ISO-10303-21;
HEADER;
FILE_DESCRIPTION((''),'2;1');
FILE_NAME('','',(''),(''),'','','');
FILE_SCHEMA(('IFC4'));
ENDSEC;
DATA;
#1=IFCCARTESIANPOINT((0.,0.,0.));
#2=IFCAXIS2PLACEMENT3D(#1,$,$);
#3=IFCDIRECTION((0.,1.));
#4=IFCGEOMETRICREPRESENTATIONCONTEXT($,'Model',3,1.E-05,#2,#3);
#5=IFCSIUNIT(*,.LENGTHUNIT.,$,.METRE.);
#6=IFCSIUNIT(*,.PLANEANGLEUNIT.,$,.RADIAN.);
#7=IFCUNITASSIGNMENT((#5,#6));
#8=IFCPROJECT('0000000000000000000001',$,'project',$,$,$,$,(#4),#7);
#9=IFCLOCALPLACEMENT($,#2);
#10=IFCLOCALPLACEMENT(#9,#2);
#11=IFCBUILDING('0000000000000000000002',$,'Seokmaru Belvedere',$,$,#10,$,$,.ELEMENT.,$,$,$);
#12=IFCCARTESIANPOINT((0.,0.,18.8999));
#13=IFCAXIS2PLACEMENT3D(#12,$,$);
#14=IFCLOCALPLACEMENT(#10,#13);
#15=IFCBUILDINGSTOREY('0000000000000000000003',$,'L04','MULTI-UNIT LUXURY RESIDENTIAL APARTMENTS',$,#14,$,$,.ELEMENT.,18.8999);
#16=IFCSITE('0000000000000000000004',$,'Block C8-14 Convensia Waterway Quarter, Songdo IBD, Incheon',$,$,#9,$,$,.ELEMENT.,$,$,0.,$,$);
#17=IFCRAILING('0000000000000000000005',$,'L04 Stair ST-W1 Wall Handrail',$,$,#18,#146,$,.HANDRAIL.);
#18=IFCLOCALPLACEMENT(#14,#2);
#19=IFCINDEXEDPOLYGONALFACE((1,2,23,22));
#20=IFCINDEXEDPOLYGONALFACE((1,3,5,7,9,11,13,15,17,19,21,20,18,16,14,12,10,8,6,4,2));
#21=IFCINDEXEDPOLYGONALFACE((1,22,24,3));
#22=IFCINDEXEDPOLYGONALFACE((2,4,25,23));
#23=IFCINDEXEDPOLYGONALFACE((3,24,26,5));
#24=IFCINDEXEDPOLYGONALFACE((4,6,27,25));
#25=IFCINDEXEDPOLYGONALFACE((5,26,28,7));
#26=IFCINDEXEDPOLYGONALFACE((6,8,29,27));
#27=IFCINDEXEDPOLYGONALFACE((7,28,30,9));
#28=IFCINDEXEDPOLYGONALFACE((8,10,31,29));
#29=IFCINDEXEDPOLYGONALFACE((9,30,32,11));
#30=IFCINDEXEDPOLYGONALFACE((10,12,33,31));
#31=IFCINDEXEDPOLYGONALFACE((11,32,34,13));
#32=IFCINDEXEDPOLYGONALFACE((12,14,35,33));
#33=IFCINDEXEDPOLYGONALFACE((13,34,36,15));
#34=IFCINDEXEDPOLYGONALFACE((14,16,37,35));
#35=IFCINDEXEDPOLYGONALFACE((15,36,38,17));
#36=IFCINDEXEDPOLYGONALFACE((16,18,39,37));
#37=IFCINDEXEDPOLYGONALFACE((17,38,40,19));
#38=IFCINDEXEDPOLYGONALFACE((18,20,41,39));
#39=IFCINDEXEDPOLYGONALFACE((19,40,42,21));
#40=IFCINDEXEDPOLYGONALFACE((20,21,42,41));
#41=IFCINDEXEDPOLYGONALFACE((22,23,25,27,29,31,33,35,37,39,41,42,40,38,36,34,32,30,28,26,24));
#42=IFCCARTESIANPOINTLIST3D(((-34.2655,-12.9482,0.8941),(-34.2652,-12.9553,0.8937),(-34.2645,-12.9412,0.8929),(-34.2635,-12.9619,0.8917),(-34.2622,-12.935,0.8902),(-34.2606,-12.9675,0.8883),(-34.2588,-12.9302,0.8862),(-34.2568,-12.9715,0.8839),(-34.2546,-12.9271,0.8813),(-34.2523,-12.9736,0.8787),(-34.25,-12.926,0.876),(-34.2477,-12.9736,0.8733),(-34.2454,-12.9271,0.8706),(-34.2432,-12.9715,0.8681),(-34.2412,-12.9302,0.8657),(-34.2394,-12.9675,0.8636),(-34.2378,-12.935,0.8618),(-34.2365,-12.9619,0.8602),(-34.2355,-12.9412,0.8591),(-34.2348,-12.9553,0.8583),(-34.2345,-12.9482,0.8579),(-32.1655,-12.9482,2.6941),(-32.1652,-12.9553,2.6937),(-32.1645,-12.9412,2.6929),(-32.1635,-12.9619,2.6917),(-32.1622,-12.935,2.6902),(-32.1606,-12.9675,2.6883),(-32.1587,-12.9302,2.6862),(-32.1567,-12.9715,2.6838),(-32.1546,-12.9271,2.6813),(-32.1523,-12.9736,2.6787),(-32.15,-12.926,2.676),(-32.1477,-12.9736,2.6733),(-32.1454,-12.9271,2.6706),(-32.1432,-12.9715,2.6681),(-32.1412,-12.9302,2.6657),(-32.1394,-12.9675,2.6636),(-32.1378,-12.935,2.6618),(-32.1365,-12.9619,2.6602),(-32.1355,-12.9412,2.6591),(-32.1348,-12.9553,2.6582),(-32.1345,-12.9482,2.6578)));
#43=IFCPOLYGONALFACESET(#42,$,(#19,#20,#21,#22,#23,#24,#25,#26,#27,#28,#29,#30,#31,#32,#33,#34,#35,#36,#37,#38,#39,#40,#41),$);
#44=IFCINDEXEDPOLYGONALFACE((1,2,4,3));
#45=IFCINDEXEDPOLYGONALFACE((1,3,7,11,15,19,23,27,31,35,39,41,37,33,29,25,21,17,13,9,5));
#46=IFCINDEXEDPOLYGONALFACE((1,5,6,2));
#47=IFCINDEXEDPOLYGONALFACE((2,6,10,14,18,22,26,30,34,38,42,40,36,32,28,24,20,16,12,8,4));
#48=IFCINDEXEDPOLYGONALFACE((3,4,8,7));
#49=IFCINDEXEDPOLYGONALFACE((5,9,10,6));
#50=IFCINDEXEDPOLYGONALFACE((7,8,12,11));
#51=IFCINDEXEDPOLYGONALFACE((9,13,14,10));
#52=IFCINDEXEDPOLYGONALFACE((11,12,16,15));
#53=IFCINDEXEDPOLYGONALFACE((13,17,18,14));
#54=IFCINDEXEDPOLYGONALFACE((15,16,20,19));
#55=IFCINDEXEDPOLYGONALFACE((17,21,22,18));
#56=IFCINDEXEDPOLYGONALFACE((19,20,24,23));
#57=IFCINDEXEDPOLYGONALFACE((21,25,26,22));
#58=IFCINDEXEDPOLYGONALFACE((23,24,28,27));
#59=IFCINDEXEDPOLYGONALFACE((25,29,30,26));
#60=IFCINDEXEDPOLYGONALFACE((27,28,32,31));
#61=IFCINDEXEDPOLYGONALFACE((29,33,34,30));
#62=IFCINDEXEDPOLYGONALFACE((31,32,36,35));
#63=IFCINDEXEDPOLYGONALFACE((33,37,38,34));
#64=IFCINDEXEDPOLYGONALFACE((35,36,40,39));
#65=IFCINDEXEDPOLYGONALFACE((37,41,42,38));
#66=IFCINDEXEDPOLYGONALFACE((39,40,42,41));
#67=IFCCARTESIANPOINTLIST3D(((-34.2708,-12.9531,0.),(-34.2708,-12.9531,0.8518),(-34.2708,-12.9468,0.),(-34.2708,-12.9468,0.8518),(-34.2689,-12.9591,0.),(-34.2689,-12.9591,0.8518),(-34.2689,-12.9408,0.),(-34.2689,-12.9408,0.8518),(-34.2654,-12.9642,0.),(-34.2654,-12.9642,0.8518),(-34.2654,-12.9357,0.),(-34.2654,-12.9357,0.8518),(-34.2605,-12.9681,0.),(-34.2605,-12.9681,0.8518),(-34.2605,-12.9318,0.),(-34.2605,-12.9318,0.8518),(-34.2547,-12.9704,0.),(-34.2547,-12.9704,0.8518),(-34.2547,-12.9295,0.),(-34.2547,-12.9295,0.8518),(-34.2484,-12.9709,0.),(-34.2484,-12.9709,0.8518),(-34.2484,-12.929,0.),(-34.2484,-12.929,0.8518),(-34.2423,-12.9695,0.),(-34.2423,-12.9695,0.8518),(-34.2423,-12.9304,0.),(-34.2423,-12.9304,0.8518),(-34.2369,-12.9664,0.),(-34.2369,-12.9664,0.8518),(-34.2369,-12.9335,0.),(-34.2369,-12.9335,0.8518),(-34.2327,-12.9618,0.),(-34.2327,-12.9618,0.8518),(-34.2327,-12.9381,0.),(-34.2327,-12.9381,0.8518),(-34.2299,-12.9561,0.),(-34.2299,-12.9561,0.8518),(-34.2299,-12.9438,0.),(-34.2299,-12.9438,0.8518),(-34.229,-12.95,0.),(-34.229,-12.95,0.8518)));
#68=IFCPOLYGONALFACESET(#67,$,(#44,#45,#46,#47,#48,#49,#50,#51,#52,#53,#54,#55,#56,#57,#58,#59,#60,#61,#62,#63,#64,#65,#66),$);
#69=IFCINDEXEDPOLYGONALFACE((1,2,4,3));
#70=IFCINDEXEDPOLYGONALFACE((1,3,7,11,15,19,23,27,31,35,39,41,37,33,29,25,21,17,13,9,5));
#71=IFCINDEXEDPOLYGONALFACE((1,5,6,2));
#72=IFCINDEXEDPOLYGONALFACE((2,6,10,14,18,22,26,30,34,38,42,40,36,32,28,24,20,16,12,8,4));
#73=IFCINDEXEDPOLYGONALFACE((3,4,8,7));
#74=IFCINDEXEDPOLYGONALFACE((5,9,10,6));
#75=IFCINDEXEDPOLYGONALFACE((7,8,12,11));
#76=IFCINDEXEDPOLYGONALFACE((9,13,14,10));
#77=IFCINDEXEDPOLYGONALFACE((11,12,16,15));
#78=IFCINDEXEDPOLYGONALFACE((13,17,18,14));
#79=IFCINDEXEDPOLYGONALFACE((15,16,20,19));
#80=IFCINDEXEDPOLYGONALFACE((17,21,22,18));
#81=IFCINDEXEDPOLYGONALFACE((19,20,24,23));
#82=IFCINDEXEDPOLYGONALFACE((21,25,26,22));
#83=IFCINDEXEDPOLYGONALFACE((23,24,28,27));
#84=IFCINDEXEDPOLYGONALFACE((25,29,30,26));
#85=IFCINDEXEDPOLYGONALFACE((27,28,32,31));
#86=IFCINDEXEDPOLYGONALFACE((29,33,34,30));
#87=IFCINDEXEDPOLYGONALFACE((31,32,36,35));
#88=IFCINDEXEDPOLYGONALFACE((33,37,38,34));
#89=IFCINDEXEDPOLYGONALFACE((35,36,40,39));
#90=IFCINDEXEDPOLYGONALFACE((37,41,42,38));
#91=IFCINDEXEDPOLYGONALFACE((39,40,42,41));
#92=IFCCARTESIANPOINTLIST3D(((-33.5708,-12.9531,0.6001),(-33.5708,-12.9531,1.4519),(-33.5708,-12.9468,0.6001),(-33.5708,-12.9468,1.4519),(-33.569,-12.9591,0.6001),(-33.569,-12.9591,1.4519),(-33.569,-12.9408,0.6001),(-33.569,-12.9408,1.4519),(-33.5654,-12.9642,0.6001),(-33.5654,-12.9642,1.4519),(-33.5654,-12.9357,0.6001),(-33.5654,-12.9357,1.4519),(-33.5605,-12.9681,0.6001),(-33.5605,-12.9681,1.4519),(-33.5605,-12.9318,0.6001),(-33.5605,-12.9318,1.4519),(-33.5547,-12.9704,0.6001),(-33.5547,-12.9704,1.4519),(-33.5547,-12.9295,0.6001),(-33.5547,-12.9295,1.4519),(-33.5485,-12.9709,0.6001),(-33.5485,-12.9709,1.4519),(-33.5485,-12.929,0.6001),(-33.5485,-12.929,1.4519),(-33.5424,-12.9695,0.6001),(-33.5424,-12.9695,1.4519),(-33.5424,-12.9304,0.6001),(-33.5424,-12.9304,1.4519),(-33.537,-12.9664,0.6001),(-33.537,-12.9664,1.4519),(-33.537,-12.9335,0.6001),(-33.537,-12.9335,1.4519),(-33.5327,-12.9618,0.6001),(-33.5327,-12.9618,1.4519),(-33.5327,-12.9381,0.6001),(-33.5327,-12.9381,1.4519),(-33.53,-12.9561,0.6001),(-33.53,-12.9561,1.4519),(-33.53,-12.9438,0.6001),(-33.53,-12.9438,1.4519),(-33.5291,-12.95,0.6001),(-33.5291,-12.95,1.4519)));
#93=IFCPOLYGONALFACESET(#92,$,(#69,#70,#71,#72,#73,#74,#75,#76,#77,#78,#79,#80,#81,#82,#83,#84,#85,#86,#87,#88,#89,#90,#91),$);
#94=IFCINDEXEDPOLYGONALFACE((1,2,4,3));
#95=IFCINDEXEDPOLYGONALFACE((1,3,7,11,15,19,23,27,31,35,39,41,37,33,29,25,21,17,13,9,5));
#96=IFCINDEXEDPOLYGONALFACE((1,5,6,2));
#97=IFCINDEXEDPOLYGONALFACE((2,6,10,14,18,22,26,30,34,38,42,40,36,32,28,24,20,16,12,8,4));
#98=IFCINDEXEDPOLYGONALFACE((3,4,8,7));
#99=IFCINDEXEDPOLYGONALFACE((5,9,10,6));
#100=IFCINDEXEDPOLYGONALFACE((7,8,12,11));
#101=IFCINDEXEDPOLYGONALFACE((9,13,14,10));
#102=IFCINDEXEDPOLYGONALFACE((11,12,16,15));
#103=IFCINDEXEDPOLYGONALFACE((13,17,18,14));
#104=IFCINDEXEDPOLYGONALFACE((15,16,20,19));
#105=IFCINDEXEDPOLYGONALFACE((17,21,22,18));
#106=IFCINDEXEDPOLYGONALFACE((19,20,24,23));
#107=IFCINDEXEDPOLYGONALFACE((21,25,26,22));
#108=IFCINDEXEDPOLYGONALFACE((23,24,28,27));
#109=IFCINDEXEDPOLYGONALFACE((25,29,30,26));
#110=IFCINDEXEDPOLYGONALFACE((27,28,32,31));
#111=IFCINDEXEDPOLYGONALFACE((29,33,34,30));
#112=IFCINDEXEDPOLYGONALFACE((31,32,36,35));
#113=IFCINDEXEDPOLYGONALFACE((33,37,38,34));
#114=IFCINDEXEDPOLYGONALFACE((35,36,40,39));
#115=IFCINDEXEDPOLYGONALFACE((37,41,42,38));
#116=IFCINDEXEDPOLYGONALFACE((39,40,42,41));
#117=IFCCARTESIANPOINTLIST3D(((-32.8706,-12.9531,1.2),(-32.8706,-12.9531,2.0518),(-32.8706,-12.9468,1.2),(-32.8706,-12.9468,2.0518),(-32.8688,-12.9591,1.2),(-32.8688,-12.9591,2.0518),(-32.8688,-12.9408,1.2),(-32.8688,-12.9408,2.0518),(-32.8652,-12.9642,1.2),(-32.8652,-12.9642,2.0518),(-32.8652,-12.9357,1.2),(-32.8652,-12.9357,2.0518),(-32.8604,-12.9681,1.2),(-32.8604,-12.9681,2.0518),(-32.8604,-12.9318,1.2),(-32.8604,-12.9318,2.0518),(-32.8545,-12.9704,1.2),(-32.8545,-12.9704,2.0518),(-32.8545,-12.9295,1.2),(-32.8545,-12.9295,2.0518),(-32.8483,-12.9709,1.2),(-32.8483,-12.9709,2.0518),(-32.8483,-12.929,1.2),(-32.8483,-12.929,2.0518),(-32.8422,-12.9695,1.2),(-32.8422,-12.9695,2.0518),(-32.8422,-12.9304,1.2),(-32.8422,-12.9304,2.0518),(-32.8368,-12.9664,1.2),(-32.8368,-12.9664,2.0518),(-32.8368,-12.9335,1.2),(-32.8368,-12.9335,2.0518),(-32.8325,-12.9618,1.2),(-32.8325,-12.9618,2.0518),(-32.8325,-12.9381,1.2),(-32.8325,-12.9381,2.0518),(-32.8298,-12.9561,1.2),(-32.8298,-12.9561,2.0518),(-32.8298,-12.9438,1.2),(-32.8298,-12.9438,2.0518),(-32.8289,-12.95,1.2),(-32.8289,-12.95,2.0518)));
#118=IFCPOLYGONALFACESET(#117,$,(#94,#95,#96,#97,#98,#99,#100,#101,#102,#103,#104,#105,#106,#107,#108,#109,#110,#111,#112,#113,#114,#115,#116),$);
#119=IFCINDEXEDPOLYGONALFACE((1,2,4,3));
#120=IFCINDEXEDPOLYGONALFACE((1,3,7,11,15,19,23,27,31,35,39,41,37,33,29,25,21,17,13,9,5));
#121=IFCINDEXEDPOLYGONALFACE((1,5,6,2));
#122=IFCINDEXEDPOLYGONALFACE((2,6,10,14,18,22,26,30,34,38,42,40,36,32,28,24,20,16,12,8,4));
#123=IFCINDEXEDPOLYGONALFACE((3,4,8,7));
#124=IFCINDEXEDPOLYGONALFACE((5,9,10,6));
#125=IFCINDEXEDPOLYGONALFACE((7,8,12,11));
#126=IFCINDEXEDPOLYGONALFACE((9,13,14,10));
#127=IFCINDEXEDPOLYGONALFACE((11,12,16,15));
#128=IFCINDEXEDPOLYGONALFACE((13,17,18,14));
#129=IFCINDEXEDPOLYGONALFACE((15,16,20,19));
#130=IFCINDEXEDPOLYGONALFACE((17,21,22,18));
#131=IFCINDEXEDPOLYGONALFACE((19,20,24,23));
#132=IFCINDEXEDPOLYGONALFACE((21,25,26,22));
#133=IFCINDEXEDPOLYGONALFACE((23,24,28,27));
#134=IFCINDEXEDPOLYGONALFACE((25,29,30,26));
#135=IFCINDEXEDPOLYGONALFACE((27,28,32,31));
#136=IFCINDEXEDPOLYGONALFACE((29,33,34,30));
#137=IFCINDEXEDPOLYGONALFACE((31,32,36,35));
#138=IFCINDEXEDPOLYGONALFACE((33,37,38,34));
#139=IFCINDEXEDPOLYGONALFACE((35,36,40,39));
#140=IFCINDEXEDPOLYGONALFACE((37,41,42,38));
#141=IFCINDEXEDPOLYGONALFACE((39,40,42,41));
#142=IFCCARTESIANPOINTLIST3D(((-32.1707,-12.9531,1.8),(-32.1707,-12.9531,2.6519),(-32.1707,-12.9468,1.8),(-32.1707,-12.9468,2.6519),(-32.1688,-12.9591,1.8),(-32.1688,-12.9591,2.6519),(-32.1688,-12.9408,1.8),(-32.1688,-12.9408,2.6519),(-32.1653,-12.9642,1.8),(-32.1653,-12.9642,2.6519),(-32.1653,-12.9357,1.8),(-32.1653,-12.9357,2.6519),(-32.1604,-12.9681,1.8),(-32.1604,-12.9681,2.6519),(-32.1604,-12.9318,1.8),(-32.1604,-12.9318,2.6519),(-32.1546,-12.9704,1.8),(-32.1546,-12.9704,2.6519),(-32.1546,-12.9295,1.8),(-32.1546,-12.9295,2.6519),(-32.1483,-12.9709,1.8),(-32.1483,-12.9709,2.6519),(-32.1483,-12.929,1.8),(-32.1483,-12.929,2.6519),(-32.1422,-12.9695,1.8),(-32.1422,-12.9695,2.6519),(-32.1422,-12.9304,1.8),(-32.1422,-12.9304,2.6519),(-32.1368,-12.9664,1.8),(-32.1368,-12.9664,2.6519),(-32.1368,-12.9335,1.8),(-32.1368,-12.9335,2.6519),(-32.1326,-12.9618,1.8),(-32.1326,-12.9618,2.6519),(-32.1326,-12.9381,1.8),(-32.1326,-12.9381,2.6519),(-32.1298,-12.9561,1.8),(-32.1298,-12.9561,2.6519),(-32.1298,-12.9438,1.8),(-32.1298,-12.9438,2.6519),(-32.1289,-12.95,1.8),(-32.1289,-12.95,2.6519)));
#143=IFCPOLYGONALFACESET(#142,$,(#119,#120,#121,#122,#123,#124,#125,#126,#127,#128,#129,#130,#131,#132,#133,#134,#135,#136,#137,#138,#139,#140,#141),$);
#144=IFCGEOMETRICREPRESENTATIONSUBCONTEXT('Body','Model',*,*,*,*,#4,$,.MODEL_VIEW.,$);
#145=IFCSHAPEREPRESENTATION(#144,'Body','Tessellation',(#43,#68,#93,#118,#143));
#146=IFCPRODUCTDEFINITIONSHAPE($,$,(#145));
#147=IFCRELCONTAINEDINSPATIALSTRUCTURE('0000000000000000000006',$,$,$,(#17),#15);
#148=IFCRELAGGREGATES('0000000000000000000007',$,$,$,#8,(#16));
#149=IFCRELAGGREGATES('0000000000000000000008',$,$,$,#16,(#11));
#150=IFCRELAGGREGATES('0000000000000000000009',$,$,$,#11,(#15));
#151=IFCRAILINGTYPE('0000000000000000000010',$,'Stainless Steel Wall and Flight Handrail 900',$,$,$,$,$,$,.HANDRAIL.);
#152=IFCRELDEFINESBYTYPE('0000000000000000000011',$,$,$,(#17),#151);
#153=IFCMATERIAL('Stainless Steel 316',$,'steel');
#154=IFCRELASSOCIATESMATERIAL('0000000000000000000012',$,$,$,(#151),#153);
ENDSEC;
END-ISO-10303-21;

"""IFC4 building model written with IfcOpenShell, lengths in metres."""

from ifc_helpers import new_model, si_unit, direction, frame, origin, origin_2d, place, context, subcontext, project, spatial, circle, extrude, material, type_object, element, save


model = new_model("IFC4")

# Units and contexts
model_context = context("Model", 3, precision=1e-05, world=origin(), true_north=direction((0.0, 1.0)))
body_context = subcontext(model_context, "Body", "Model", "MODEL_VIEW")
ifc_project = project(units=[si_unit("LENGTHUNIT", "METRE"), si_unit("PLANEANGLEUNIT", "RADIAN")], contexts=[model_context])

# Site, building, storey
site_placement = place(None, origin())
site = spatial("IfcSite", under=ifc_project, at=site_placement, Name="Block C8-14 Convensia Waterway Quarter, Songdo IBD, Incheon", CompositionType="ELEMENT", RefElevation=0.0)
building_placement = place(site_placement, origin())
building = spatial("IfcBuilding", under=site, at=building_placement, Name="Seokmaru Belvedere", CompositionType="ELEMENT")
storey_placement = place(building_placement, frame((0.0, 0.0, 18.8999)))
storey = spatial("IfcBuildingStorey", under=building, at=storey_placement, Name="L04", Description="MULTI-UNIT LUXURY RESIDENTIAL APARTMENTS", CompositionType="ELEMENT", Elevation=18.8999)

# Railing
ifc_material_1 = material(Name="Stainless Steel 316", Category="steel")
railing_type_1 = type_object("IfcRailingType", Name="Stainless Steel Wall and Flight Handrail 900", PredefinedType="HANDRAIL", material=ifc_material_1)
railing_1_placement = place(storey_placement, frame((-34.25, -12.95, 0.0)))
element("IfcRailing", 1, at=railing_1_placement, inside=storey, type_object=railing_type_1, Name="L04 Stair ST-W1 Wall Handrail", PredefinedType="HANDRAIL", context=body_context, shape_type="SweptSolid", body=[
    extrude(circle(Radius=0.0239, at=origin_2d()), frame((0.0, 0.0, 0.876), z_axis=(0.759263, 0.0, 0.650784), x_axis=(0.0, 1.0, 0.0)), (0.0, 0.0, 1.0), 2.7659),
    extrude(circle(Radius=0.021, at=origin_2d()), origin(), (0.0, 0.0, 1.0), 0.8518),
    extrude(circle(Radius=0.021, at=origin_2d()), frame((0.7, 0.0, 0.6001)), (0.0, 0.0, 1.0), 0.8518),
    extrude(circle(Radius=0.021, at=origin_2d()), frame((1.4001, 0.0, 1.2)), (0.0, 0.0, 1.0), 0.8518),
    extrude(circle(Radius=0.021, at=origin_2d()), frame((2.1001, 0.0, 1.8)), (0.0, 0.0, 1.0), 0.8518),
])

save(model, "model.ifc")
